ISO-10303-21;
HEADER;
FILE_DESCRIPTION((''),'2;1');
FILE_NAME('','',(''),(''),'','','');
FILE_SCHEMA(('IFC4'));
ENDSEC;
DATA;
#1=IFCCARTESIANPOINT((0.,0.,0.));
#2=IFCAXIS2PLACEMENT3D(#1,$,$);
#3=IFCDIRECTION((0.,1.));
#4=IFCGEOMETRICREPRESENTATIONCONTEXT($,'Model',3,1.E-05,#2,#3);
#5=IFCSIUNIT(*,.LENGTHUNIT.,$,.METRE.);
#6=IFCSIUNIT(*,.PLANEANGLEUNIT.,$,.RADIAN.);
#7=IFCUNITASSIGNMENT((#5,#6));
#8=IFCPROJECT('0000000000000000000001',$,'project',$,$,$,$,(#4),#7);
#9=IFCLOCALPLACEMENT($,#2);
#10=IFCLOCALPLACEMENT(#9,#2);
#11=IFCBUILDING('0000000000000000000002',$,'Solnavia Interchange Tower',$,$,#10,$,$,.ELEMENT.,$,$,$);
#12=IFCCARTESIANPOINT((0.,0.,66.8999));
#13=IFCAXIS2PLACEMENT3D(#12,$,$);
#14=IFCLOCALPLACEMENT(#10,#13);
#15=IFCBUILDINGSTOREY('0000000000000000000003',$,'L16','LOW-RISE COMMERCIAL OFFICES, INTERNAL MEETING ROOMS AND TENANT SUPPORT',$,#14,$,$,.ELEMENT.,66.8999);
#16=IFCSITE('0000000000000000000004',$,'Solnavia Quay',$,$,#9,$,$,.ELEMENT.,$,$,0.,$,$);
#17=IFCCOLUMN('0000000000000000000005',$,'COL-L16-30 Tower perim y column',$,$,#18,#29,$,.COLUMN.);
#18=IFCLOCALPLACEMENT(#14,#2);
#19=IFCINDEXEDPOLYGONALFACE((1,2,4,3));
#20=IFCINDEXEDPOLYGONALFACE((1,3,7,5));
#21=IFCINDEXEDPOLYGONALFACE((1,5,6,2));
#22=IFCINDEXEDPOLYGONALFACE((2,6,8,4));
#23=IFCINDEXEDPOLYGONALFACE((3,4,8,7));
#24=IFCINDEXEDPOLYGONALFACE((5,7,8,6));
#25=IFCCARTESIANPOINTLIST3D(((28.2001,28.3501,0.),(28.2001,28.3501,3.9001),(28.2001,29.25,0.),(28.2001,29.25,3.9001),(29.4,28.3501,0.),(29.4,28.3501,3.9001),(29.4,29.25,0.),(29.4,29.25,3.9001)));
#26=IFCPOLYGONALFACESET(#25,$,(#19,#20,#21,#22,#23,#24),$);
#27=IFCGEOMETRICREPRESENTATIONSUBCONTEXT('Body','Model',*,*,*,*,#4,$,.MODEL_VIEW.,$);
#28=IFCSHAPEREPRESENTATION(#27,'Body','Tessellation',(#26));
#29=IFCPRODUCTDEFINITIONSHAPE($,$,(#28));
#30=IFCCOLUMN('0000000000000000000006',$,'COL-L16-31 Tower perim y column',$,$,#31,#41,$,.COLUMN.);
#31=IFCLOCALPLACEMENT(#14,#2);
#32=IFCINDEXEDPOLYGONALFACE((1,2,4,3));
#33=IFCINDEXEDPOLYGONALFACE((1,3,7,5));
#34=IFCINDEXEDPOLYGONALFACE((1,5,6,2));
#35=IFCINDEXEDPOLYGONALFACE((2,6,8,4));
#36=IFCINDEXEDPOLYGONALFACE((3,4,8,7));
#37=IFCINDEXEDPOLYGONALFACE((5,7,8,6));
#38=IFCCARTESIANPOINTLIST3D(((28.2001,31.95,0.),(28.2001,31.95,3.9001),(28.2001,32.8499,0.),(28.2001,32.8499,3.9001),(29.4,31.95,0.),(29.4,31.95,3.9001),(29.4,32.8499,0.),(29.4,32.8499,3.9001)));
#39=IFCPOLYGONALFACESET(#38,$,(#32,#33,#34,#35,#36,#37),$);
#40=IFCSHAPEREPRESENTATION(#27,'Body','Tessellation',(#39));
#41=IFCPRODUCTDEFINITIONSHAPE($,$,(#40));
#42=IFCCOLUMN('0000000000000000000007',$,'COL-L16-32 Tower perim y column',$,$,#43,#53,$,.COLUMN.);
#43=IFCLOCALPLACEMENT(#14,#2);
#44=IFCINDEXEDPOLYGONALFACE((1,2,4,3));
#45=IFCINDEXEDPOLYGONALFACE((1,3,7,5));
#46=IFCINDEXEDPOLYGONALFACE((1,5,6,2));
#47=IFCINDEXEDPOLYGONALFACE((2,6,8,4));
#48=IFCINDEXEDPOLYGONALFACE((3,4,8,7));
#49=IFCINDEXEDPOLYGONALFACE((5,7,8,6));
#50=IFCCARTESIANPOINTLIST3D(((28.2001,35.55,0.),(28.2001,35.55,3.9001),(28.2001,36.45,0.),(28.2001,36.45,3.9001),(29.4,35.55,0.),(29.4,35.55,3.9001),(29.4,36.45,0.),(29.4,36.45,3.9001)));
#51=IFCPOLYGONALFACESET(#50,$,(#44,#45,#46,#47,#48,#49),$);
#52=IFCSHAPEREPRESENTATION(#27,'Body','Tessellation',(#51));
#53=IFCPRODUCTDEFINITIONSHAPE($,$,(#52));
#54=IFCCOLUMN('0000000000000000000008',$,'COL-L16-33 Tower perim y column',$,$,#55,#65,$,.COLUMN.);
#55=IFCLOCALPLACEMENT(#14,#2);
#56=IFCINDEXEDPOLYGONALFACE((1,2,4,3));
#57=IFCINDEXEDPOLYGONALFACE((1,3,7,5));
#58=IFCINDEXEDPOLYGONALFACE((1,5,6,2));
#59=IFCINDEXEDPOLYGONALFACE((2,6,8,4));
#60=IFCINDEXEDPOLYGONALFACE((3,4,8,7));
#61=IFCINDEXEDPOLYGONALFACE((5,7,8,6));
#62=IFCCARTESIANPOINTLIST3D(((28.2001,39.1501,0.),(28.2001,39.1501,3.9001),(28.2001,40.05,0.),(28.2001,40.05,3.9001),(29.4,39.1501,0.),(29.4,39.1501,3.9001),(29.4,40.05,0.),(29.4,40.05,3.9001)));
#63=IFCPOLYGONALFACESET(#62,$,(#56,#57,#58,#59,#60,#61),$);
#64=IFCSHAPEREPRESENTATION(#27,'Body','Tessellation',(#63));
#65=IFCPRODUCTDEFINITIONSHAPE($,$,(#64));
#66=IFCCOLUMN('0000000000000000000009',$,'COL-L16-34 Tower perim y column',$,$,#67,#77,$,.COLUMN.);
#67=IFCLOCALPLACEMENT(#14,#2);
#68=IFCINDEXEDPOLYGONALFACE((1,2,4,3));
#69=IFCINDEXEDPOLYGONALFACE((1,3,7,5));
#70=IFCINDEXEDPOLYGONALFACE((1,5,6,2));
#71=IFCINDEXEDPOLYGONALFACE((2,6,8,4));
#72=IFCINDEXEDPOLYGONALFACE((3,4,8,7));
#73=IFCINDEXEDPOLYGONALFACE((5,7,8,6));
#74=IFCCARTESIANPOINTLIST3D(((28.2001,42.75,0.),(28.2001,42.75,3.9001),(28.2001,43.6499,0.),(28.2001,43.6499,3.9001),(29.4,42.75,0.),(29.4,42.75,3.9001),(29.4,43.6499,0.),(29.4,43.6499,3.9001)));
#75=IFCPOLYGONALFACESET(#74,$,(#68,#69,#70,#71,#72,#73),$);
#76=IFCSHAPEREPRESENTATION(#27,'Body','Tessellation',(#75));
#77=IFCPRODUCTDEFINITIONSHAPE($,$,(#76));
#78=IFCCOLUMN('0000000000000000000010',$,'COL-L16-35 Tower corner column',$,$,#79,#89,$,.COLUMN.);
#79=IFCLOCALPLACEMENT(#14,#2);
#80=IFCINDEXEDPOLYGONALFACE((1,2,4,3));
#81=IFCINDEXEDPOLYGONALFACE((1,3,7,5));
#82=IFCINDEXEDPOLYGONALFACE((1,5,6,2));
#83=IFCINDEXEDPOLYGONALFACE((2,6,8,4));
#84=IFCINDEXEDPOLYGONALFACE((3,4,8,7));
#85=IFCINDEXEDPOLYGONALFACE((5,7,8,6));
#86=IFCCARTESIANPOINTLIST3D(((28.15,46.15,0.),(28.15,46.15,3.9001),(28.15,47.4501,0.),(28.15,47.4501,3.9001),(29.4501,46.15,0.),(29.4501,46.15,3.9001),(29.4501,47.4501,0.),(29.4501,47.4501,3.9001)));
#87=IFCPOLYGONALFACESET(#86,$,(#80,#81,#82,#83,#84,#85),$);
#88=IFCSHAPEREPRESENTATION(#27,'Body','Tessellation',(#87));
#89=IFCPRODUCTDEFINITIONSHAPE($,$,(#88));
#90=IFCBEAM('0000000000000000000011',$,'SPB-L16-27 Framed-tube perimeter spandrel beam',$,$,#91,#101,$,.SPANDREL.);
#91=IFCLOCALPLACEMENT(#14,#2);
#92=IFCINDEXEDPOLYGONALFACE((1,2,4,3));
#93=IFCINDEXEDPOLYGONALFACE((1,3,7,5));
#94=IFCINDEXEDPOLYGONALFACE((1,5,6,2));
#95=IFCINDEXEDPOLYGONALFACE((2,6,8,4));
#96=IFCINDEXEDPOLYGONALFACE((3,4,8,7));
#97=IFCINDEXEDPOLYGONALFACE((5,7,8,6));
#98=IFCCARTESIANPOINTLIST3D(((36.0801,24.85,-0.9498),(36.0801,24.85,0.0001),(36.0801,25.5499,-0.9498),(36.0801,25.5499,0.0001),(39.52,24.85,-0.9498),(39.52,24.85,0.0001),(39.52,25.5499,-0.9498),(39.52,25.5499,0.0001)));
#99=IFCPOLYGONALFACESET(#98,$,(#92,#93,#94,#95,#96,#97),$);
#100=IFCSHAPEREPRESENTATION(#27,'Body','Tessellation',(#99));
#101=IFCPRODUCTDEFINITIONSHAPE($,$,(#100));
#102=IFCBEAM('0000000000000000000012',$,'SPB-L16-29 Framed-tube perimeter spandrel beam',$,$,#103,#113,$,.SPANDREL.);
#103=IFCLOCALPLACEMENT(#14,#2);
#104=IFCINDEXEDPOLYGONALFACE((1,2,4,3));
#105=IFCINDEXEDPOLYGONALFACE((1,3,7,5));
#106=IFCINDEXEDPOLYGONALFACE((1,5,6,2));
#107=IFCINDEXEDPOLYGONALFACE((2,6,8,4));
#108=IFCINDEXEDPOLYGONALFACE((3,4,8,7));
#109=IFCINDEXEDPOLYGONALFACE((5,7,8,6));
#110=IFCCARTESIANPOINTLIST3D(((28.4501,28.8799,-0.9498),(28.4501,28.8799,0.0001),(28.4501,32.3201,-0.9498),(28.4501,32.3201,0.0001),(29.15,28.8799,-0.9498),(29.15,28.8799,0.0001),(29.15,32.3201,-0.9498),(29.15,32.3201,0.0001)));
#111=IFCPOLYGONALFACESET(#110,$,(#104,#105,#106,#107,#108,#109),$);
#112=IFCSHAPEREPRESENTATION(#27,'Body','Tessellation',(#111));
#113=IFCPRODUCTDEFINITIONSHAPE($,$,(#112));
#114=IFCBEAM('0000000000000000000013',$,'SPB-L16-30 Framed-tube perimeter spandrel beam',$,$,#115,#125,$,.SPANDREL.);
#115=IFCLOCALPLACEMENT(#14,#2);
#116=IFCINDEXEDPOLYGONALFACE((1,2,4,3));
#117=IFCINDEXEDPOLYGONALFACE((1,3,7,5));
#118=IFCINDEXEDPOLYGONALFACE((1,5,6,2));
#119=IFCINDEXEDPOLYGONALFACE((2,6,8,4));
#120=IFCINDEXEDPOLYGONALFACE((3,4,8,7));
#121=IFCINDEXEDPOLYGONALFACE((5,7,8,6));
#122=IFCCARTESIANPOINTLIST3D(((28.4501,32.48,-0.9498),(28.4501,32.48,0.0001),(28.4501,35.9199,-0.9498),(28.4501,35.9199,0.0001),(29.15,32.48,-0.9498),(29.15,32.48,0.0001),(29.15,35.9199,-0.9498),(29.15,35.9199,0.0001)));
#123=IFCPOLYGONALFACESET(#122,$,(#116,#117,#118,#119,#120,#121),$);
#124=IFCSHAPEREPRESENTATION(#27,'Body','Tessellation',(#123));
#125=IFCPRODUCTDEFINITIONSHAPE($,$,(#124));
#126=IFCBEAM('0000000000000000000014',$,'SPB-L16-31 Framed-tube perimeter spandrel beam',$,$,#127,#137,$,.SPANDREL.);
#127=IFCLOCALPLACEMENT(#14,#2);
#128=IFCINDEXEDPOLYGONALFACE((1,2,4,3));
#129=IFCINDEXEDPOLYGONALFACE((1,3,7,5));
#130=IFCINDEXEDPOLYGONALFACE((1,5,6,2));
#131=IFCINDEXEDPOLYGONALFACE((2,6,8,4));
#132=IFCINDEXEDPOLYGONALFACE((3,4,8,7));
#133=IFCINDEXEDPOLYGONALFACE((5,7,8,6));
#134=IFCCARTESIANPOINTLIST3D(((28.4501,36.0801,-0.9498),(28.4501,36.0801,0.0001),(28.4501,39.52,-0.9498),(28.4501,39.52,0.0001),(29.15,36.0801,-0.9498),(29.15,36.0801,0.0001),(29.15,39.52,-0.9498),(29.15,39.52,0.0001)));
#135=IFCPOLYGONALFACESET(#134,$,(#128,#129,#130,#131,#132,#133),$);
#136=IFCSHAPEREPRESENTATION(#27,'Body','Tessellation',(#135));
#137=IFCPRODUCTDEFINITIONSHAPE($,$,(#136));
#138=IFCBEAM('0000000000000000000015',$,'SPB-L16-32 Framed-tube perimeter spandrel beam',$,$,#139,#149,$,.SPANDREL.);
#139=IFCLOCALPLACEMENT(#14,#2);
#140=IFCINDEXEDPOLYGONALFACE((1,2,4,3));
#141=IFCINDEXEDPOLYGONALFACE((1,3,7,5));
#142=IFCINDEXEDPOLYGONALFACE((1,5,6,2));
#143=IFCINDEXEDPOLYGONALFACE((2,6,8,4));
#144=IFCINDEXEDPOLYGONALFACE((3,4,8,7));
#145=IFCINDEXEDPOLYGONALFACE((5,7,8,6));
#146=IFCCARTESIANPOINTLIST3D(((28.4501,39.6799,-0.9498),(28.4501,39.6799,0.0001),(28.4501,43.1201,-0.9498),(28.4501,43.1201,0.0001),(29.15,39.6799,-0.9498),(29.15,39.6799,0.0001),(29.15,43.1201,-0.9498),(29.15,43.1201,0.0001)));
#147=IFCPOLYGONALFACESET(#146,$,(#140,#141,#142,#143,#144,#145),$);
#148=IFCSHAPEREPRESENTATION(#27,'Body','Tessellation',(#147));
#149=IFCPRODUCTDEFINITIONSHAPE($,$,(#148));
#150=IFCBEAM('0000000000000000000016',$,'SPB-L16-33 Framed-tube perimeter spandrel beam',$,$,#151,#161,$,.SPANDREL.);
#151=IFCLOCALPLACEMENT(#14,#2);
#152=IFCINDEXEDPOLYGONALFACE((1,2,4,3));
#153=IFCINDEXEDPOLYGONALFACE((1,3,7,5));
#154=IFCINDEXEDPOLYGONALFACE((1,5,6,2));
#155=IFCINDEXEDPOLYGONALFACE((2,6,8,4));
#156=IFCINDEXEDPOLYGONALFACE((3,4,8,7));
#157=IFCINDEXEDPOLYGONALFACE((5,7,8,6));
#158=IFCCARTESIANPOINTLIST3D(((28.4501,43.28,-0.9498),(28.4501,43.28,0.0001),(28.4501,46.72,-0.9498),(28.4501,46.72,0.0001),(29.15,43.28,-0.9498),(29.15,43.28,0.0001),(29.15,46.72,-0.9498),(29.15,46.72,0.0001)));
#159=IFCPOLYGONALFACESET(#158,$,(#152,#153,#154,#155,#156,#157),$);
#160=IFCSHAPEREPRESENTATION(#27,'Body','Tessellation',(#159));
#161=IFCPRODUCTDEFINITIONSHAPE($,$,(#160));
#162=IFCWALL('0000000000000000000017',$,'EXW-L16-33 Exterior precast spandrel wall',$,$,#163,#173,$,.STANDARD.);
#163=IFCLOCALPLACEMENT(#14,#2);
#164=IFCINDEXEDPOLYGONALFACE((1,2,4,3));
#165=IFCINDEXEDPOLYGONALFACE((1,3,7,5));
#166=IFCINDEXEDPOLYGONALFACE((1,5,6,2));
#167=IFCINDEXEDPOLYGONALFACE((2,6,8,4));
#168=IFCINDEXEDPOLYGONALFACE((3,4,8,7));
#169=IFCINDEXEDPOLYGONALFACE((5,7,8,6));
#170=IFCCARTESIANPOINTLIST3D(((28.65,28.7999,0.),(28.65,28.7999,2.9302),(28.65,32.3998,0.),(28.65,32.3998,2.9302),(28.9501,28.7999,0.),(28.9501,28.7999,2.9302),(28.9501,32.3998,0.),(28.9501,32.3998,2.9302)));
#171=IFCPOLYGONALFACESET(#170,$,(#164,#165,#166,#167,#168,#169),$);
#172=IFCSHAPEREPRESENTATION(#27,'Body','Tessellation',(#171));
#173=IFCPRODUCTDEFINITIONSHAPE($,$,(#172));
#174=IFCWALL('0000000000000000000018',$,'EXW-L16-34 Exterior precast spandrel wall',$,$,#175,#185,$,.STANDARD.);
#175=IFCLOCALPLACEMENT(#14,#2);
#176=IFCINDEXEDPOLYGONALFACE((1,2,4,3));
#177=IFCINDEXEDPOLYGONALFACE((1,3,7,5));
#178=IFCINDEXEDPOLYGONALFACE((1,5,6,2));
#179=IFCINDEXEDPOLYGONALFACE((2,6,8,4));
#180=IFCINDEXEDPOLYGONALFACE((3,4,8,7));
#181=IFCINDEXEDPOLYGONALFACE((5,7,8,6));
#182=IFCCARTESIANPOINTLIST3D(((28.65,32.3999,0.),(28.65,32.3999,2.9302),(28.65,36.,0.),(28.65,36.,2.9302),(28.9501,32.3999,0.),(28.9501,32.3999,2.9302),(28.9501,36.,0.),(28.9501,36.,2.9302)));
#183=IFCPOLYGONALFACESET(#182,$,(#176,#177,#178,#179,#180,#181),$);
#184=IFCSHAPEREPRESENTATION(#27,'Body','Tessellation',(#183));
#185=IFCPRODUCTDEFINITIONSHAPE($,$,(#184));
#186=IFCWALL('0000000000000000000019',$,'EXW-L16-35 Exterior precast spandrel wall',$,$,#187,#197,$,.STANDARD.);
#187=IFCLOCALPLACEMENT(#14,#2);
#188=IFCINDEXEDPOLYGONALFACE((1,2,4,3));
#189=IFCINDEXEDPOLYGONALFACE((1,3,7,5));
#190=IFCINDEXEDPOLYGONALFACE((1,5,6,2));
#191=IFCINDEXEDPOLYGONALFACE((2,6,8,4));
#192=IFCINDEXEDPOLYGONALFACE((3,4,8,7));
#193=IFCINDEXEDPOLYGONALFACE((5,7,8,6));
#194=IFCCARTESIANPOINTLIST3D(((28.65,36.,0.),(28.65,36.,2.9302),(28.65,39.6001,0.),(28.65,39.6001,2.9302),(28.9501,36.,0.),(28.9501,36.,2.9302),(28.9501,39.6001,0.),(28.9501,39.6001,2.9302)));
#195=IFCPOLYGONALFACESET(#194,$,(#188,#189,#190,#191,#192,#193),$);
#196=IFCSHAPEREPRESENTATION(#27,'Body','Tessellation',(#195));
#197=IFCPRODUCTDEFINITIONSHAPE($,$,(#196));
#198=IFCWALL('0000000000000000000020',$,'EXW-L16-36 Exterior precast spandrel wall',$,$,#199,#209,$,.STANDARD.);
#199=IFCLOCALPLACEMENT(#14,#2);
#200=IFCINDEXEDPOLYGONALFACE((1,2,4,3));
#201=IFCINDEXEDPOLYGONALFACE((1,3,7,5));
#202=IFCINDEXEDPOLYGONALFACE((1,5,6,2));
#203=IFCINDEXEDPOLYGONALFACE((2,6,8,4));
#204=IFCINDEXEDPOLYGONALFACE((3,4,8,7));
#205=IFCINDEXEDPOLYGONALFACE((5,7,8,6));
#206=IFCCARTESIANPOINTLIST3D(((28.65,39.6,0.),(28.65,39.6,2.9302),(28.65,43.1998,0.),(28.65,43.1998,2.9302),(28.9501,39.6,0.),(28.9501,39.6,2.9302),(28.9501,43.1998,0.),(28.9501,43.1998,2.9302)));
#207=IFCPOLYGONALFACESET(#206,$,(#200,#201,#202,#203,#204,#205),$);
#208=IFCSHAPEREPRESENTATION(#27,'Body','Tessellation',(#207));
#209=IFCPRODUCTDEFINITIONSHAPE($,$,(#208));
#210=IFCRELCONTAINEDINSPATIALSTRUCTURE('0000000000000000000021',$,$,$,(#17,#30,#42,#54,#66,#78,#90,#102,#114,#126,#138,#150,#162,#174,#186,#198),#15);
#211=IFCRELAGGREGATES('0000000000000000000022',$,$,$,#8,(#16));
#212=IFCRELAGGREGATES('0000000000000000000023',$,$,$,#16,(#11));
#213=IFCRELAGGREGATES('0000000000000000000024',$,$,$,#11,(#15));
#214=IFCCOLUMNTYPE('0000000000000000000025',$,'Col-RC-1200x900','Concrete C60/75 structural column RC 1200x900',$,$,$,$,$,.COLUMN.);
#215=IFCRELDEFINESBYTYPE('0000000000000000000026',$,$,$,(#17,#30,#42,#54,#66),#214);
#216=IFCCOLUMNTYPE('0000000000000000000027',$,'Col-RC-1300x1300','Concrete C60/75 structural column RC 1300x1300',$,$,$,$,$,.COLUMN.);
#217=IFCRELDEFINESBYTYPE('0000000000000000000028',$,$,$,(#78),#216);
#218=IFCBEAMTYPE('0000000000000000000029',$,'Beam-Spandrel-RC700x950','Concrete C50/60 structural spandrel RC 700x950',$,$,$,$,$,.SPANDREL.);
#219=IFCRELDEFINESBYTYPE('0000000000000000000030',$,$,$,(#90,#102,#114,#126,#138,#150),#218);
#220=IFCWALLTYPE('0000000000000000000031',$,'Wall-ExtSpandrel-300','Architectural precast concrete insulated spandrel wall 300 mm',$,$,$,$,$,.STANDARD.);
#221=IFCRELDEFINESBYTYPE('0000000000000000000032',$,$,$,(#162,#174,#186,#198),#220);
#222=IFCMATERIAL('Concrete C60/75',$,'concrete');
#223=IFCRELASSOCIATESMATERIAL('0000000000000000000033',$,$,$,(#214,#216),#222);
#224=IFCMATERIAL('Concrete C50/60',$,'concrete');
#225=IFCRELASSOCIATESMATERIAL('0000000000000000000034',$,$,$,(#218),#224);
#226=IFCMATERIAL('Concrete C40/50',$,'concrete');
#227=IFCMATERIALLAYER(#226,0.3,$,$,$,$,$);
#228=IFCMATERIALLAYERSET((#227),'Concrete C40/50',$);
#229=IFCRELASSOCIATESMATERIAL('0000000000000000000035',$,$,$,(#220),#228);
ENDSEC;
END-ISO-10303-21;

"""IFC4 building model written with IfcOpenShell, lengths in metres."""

from ifc_helpers import new_model, si_unit, direction, frame, frame_2d, origin, origin_2d, place, context, subcontext, project, spatial, rectangle, extrude, material, layer, layer_set, material_profile, profile_set, type_object, element, save


model = new_model("IFC4")

# Units and contexts
model_context = context("Model", 3, precision=1e-05, world=origin(), true_north=direction((0.0, 1.0)))
body_context = subcontext(model_context, "Body", "Model", "MODEL_VIEW")
ifc_project = project(units=[si_unit("LENGTHUNIT", "METRE"), si_unit("PLANEANGLEUNIT", "RADIAN")], contexts=[model_context])

# Site, building, storey
site_placement = place(None, origin())
site = spatial("IfcSite", under=ifc_project, at=site_placement, Name="Solnavia Quay", CompositionType="ELEMENT", RefElevation=0.0)
building_placement = place(site_placement, origin())
building = spatial("IfcBuilding", under=site, at=building_placement, Name="Solnavia Interchange Tower", CompositionType="ELEMENT")
storey_placement = place(building_placement, frame((0.0, 0.0, 66.8999)))
storey = spatial("IfcBuildingStorey", under=building, at=storey_placement, Name="L16", Description="LOW-RISE COMMERCIAL OFFICES, INTERNAL MEETING ROOMS AND TENANT SUPPORT", CompositionType="ELEMENT", Elevation=66.8999)

# Columns
ifc_material_1 = material(Name="Concrete C60/75", Category="concrete")
ifc_material_profile_1 = material_profile(ifc_material_1, rectangle(XDim=0.8999, YDim=1.2, at=origin_2d()), Name="RC 1200x900")
ifc_profile_set_1 = profile_set([ifc_material_profile_1], Name="Concrete C60/75")
column_type_1 = type_object("IfcColumnType", Name="Col-RC-1200x900", Description="Concrete C60/75 structural column RC 1200x900", PredefinedType="COLUMN", material=ifc_profile_set_1)
for number, where, z_axis, x_axis, name in (
    (1, (28.8, 28.8, 0.0), (0.0, 0.0, 1.0), (0.0, 1.0, 0.0), "COL-L16-30 Tower perim y column"),
    (2, (28.8, 32.3999, 0.0), (0.0, 0.0, 1.0), (0.0, 1.0, 0.0), "COL-L16-31 Tower perim y column"),
    (3, (28.8, 36.0, 0.0), (0.0, 0.0, 1.0), (0.0, 1.0, 0.0), "COL-L16-32 Tower perim y column"),
    (4, (28.8, 39.6001, 0.0), (0.0, 0.0, 1.0), (0.0, 1.0, 0.0), "COL-L16-33 Tower perim y column"),
    (5, (28.8, 43.2, 0.0), (0.0, 0.0, 1.0), (0.0, 1.0, 0.0), "COL-L16-34 Tower perim y column"),
):
    element("IfcColumn", number, at=place(storey_placement, frame(where, z_axis=z_axis, x_axis=x_axis)), inside=storey, type_object=column_type_1, Name=name, PredefinedType="COLUMN", context=body_context, shape_type="SweptSolid", body=[
        extrude(rectangle(XDim=0.8999, YDim=1.2, at=origin_2d()), origin(), (0.0, 0.0, 1.0), 3.9001),
    ])
ifc_material_profile_2 = material_profile(ifc_material_1, rectangle(XDim=1.3, YDim=1.3, at=origin_2d()), Name="RC 1300x1300")
ifc_profile_set_2 = profile_set([ifc_material_profile_2], Name="Concrete C60/75")
column_type_2 = type_object("IfcColumnType", Name="Col-RC-1300x1300", Description="Concrete C60/75 structural column RC 1300x1300", PredefinedType="COLUMN", material=ifc_profile_set_2)
column_placement = place(storey_placement, frame((28.8, 46.8, 0.0), z_axis=(0.0, 0.0, 1.0), x_axis=(0.0, 1.0, 0.0)))
element("IfcColumn", 6, at=column_placement, inside=storey, type_object=column_type_2, Name="COL-L16-35 Tower corner column", PredefinedType="COLUMN", context=body_context, shape_type="SweptSolid", body=[
    extrude(rectangle(XDim=1.3, YDim=1.3, at=origin_2d()), origin(), (0.0, 0.0, 1.0), 3.9001),
])

# Beams
ifc_material_2 = material(Name="Concrete C50/60", Category="concrete")
ifc_material_profile_3 = material_profile(ifc_material_2, rectangle(XDim=0.7, YDim=0.95, at=origin_2d()), Name="RC 700x950")
ifc_profile_set_3 = profile_set([ifc_material_profile_3], Name="Concrete C50/60")
beam_type = type_object("IfcBeamType", Name="Beam-Spandrel-RC700x950", Description="Concrete C50/60 structural spandrel RC 700x950", PredefinedType="SPANDREL", material=ifc_profile_set_3)
beam_1_placement = place(storey_placement, frame((39.52, 25.2, -0.4749), z_axis=(-1.0, 0.0, 0.0), x_axis=(0.0, -1.0, 0.0)))
element("IfcBeam", 7, at=beam_1_placement, inside=storey, type_object=beam_type, Name="SPB-L16-27 Framed-tube perimeter spandrel beam", PredefinedType="SPANDREL", context=body_context, shape_type="SweptSolid", body=[
    extrude(rectangle(XDim=0.7, YDim=0.95, at=origin_2d()), origin(), (0.0, 0.0, 1.0), 3.4399),
])
beam_2_placement = place(storey_placement, frame((28.8, 28.8799, -0.4749), z_axis=(0.0, 1.0, 0.0), x_axis=(-1.0, 0.0, 0.0)))
element("IfcBeam", 8, at=beam_2_placement, inside=storey, type_object=beam_type, Name="SPB-L16-29 Framed-tube perimeter spandrel beam", PredefinedType="SPANDREL", context=body_context, shape_type="SweptSolid", body=[
    extrude(rectangle(XDim=0.7, YDim=0.95, at=origin_2d()), origin(), (0.0, 0.0, 1.0), 3.4402),
])
for number, where, z_axis, x_axis, name in (
    (9, (28.8, 32.48, -0.4749), (0.0, 1.0, 0.0), (-1.0, 0.0, 0.0), "SPB-L16-30 Framed-tube perimeter spandrel beam"),
    (10, (28.8, 36.0801, -0.4749), (0.0, 1.0, 0.0), (-1.0, 0.0, 0.0), "SPB-L16-31 Framed-tube perimeter spandrel beam"),
):
    element("IfcBeam", number, at=place(storey_placement, frame(where, z_axis=z_axis, x_axis=x_axis)), inside=storey, type_object=beam_type, Name=name, PredefinedType="SPANDREL", context=body_context, shape_type="SweptSolid", body=[
        extrude(rectangle(XDim=0.7, YDim=0.95, at=origin_2d()), origin(), (0.0, 0.0, 1.0), 3.4399),
    ])
beam_3_placement = place(storey_placement, frame((28.8, 39.6799, -0.4749), z_axis=(0.0, 1.0, 0.0), x_axis=(-1.0, 0.0, 0.0)))
element("IfcBeam", 11, at=beam_3_placement, inside=storey, type_object=beam_type, Name="SPB-L16-32 Framed-tube perimeter spandrel beam", PredefinedType="SPANDREL", context=body_context, shape_type="SweptSolid", body=[
    extrude(rectangle(XDim=0.7, YDim=0.95, at=origin_2d()), origin(), (0.0, 0.0, 1.0), 3.4402),
])
beam_4_placement = place(storey_placement, frame((28.8, 43.28, -0.4749), z_axis=(0.0, 1.0, 0.0), x_axis=(-1.0, 0.0, 0.0)))
element("IfcBeam", 12, at=beam_4_placement, inside=storey, type_object=beam_type, Name="SPB-L16-33 Framed-tube perimeter spandrel beam", PredefinedType="SPANDREL", context=body_context, shape_type="SweptSolid", body=[
    extrude(rectangle(XDim=0.7, YDim=0.95, at=origin_2d()), origin(), (0.0, 0.0, 1.0), 3.4399),
])

# Walls
ifc_material_3 = material(Name="Concrete C40/50", Category="concrete")
ifc_layer = layer(ifc_material_3, 0.3)
ifc_layer_set = layer_set([ifc_layer], Name="Concrete C40/50")
wall_type = type_object("IfcWallType", Name="Wall-ExtSpandrel-300", Description="Architectural precast concrete insulated spandrel wall 300 mm", PredefinedType="STANDARD", material=ifc_layer_set)
wall_1_placement = place(storey_placement, frame((28.8, 28.8, 0.0), z_axis=(0.0, 0.0, 1.0), x_axis=(0.0, 1.0, 0.0)))
element("IfcWall", 13, at=wall_1_placement, inside=storey, type_object=wall_type, Name="EXW-L16-33 Exterior precast spandrel wall", PredefinedType="STANDARD", context=body_context, shape_type="SweptSolid", body=[
    extrude(rectangle(XDim=3.5999, YDim=0.3, at=frame_2d((1.7998, 0.0))), origin(), (0.0, 0.0, 1.0), 2.9302),
])
for number, where, z_axis, x_axis, name in (
    (14, (28.8, 32.3999, 0.0), (0.0, 0.0, 1.0), (0.0, 1.0, 0.0), "EXW-L16-34 Exterior precast spandrel wall"),
    (15, (28.8, 36.0, 0.0), (0.0, 0.0, 1.0), (0.0, 1.0, 0.0), "EXW-L16-35 Exterior precast spandrel wall"),
):
    element("IfcWall", number, at=place(storey_placement, frame(where, z_axis=z_axis, x_axis=x_axis)), inside=storey, type_object=wall_type, Name=name, PredefinedType="STANDARD", context=body_context, shape_type="SweptSolid", body=[
        extrude(rectangle(XDim=3.6001, YDim=0.3, at=frame_2d((1.8, 0.0))), origin(), (0.0, 0.0, 1.0), 2.9302),
    ])
wall_2_placement = place(storey_placement, frame((28.8, 39.6001, 0.0), z_axis=(0.0, 0.0, 1.0), x_axis=(0.0, 1.0, 0.0)))
element("IfcWall", 16, at=wall_2_placement, inside=storey, type_object=wall_type, Name="EXW-L16-36 Exterior precast spandrel wall", PredefinedType="STANDARD", context=body_context, shape_type="SweptSolid", body=[
    extrude(rectangle(XDim=3.5999, YDim=0.3, at=frame_2d((1.7998, 0.0))), origin(), (0.0, 0.0, 1.0), 2.9302),
])

save(model, "model.ifc")
